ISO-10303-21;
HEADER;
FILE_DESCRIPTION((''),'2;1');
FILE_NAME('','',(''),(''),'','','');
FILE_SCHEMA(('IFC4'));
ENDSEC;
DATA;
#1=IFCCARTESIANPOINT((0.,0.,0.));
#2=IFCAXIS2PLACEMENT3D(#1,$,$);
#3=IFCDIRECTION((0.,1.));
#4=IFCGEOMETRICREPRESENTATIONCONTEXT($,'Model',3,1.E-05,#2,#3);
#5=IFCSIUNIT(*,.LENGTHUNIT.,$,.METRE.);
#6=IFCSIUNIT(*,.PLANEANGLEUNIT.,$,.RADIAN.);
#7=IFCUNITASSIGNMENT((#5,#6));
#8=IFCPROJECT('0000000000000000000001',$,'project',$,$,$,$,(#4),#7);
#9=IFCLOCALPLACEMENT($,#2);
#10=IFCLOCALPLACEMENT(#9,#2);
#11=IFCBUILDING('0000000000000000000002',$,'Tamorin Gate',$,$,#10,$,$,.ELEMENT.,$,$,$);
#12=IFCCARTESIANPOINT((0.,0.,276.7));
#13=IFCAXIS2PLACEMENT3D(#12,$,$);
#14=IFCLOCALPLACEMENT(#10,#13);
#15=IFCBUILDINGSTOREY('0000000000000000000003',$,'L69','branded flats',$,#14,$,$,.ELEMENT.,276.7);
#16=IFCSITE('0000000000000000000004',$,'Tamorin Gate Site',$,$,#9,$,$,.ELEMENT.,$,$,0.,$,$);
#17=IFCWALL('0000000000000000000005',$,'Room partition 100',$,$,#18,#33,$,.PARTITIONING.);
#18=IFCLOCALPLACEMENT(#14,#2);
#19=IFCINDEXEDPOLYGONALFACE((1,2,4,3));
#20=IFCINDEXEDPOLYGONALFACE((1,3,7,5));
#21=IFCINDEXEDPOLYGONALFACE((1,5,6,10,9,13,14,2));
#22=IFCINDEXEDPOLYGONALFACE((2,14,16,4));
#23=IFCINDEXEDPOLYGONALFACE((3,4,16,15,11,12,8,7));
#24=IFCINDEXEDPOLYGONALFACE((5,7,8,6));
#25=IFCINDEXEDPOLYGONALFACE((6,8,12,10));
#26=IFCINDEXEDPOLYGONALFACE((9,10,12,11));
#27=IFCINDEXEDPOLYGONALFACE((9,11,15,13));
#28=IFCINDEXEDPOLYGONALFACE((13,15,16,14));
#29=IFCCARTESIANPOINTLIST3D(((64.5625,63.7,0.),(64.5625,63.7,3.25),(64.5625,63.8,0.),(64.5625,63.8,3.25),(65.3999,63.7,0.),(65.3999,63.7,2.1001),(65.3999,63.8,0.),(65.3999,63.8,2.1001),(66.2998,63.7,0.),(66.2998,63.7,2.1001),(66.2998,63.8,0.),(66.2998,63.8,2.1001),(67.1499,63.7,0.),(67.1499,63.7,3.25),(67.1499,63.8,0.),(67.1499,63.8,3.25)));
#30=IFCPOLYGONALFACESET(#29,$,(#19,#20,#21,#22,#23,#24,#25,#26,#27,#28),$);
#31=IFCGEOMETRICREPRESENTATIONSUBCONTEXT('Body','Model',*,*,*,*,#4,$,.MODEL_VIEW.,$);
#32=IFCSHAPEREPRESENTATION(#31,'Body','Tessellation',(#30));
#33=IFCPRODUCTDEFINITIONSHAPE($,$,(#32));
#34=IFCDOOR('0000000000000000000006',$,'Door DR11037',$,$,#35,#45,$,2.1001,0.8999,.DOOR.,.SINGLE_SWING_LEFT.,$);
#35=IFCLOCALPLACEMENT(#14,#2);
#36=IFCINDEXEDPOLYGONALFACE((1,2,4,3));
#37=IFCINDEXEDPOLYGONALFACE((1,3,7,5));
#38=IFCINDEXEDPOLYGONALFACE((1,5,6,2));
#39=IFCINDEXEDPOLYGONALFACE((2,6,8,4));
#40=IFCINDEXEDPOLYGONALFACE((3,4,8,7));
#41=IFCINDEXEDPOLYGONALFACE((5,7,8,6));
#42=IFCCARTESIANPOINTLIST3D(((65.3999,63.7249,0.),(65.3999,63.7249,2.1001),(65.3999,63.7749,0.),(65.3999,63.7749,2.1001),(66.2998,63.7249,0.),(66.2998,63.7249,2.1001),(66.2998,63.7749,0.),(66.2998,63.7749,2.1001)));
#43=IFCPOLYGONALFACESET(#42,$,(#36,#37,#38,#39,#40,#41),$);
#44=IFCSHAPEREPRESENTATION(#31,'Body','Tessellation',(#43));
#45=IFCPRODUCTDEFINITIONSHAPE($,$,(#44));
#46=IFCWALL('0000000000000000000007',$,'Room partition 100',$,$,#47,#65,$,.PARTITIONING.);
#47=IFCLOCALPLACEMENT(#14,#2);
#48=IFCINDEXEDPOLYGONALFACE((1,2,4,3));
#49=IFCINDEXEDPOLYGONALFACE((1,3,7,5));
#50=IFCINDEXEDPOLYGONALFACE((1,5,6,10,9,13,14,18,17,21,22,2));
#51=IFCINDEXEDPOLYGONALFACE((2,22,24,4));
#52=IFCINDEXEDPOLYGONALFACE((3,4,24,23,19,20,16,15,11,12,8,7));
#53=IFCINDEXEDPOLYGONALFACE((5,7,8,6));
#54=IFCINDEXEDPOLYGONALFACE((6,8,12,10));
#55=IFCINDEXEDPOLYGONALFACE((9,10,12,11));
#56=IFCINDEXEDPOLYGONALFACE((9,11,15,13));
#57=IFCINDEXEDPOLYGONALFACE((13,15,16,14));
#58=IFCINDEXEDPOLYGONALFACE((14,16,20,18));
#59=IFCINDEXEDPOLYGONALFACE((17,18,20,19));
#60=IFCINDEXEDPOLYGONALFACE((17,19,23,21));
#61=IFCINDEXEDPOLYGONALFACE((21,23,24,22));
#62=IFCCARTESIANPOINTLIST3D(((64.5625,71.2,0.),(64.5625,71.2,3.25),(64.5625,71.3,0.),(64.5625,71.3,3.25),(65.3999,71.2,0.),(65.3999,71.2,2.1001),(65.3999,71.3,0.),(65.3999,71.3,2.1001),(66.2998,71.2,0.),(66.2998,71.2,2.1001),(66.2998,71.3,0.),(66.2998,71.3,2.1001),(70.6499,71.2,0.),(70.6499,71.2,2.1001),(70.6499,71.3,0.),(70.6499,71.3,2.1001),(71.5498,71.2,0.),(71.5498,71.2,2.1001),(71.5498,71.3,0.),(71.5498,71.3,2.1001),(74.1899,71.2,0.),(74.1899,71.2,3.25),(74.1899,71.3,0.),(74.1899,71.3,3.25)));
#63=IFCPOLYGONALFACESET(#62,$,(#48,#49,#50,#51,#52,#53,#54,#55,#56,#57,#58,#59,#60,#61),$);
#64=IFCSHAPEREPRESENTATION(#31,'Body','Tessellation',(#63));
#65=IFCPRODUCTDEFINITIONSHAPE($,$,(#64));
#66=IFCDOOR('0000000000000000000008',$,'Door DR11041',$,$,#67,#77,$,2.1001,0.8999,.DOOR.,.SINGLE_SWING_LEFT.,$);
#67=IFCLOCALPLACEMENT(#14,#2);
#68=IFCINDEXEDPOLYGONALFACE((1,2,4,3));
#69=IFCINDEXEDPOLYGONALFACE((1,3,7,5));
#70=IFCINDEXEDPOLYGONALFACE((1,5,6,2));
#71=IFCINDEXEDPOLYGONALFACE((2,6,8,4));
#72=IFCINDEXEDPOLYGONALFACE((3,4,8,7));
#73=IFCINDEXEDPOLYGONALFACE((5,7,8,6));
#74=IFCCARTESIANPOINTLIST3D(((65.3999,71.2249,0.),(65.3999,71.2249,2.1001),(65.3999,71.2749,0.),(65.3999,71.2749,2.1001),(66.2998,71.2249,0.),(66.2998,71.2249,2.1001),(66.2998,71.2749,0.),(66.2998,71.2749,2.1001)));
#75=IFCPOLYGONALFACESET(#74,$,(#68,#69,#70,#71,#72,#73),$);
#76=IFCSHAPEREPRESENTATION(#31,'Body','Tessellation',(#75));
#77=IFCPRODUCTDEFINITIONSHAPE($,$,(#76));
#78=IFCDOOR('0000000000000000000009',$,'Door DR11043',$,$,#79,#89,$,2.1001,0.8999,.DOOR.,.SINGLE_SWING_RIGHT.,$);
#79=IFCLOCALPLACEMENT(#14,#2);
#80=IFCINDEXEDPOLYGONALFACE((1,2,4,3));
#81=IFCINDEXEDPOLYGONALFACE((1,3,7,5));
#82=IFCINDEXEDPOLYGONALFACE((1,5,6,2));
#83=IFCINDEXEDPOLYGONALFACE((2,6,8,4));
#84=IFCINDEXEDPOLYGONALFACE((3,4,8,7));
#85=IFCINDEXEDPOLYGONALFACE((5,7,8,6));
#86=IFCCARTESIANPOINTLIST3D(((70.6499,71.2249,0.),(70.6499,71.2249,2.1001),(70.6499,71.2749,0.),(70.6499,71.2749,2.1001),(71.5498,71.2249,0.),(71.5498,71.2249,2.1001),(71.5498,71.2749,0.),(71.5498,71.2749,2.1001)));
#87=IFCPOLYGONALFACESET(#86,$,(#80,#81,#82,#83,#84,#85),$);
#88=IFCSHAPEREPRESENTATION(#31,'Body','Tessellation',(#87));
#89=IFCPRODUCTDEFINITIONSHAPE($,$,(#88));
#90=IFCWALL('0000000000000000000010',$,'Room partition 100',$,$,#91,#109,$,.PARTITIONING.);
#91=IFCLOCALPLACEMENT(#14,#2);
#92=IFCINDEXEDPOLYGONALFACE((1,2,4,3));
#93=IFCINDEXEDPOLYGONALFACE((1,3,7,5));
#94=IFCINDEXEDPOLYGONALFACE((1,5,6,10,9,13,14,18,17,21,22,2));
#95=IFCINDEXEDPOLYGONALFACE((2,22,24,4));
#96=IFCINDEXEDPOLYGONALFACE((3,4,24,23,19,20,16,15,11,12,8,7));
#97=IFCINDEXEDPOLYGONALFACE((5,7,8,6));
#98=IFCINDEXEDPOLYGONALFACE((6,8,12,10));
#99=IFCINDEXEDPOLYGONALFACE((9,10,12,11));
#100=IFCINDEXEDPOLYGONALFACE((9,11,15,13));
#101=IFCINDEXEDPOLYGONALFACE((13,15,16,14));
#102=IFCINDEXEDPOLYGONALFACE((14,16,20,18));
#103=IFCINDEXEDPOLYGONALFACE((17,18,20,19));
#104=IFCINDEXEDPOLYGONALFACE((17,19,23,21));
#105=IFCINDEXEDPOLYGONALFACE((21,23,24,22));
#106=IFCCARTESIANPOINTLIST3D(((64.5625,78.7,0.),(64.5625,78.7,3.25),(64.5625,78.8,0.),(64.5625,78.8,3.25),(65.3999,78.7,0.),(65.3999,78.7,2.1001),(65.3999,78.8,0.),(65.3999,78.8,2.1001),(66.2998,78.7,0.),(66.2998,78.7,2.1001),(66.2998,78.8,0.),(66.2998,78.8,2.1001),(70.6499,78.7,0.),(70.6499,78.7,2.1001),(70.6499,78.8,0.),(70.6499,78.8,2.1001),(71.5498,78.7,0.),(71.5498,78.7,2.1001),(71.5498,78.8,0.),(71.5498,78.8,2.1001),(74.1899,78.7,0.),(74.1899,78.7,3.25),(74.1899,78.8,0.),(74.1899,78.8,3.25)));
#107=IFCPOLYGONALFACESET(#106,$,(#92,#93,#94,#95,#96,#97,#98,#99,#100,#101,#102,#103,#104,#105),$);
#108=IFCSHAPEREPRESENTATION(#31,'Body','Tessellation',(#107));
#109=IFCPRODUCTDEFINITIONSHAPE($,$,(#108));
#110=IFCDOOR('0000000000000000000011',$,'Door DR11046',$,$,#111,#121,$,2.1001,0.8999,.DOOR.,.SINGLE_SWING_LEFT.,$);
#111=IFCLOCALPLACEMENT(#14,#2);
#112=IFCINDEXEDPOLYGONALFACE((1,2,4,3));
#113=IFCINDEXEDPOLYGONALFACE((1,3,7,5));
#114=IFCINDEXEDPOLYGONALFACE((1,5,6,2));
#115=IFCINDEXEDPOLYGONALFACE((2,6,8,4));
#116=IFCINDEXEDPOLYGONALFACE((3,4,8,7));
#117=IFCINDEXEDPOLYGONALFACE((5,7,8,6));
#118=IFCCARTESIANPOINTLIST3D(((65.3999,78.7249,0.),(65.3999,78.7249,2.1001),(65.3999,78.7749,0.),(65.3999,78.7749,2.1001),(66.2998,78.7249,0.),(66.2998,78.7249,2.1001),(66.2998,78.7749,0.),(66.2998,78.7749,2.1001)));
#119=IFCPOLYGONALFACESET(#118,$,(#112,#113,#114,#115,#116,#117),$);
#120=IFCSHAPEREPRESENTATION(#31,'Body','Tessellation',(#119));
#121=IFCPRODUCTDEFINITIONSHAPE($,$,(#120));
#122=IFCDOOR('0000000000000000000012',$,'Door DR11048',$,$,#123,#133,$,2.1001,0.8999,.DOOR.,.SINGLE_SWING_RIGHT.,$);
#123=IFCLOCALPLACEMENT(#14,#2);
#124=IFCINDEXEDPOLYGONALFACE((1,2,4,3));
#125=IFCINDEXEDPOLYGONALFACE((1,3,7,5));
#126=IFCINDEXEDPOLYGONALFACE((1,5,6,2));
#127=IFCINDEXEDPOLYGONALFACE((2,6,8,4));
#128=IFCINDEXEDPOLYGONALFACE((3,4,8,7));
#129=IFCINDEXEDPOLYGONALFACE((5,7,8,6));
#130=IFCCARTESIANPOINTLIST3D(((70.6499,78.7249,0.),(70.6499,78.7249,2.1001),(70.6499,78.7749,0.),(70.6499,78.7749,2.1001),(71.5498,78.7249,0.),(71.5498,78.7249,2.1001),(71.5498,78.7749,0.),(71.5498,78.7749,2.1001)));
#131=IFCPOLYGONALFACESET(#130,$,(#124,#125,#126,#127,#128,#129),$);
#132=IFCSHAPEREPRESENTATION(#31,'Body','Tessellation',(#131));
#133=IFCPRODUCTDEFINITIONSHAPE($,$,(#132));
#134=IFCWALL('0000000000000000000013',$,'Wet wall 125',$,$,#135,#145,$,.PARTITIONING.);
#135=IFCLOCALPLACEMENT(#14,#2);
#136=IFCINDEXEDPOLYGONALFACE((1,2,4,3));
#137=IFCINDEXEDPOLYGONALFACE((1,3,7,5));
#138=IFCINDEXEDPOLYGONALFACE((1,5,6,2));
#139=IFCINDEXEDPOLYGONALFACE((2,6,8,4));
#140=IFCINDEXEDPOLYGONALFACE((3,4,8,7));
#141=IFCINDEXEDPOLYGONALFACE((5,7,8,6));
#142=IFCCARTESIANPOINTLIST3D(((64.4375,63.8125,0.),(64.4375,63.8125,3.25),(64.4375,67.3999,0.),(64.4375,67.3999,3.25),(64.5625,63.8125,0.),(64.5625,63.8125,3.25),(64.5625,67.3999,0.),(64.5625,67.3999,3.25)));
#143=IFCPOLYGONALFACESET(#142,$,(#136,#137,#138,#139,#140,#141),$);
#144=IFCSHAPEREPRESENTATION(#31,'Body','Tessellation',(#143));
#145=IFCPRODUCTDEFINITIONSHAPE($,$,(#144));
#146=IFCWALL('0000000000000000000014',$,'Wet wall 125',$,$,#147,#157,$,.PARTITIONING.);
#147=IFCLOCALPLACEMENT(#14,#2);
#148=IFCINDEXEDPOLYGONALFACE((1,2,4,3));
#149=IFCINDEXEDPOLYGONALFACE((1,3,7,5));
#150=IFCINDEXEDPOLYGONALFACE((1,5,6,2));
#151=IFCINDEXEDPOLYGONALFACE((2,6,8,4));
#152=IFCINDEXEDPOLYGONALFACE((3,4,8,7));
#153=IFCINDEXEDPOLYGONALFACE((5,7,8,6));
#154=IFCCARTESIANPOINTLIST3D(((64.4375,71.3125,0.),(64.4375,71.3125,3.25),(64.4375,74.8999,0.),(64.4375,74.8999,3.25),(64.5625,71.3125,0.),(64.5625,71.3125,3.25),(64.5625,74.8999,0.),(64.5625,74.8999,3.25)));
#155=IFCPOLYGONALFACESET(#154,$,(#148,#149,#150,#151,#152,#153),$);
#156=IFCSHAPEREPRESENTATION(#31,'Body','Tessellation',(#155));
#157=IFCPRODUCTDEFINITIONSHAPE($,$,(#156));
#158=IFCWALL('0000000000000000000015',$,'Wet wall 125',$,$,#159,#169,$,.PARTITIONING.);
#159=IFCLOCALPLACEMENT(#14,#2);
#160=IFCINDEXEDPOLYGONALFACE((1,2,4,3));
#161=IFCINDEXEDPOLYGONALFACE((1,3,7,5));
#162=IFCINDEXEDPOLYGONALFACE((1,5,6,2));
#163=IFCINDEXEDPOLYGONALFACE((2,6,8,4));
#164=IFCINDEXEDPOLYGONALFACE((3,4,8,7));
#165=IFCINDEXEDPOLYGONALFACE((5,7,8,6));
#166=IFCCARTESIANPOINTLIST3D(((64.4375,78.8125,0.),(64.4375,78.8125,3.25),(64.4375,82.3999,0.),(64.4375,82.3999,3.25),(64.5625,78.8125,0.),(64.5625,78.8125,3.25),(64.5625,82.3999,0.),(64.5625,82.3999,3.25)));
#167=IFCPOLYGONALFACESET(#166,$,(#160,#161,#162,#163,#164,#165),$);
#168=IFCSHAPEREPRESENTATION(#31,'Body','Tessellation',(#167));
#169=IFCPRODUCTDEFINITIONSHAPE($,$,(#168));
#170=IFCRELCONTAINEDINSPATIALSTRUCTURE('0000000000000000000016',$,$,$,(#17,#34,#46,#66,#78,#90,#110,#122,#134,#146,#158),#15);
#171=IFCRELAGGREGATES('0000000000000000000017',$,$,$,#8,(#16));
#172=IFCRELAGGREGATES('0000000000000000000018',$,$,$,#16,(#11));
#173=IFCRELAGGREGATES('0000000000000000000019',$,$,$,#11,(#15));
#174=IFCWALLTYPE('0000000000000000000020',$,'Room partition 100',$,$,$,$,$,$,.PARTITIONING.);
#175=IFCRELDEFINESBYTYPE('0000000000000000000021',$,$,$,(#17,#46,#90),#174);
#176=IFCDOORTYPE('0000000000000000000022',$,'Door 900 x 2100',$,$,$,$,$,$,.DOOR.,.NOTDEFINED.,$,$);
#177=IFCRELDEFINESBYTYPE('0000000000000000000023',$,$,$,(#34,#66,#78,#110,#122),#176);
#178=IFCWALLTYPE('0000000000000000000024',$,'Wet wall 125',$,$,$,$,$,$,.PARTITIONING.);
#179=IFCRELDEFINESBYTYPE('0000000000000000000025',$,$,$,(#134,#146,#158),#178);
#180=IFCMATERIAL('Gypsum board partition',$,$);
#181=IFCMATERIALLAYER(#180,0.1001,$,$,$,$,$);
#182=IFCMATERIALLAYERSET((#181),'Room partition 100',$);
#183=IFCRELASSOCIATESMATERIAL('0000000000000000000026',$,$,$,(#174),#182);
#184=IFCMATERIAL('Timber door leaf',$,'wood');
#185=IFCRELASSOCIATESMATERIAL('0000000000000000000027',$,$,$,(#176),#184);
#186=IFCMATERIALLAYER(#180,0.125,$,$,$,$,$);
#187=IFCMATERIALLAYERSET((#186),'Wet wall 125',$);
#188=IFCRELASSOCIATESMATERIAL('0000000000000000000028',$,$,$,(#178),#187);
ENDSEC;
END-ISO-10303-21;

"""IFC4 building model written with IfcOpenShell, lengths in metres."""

from ifc_helpers import new_model, si_unit, direction, frame, frame_2d, origin, place, context, subcontext, project, spatial, rectangle, extrude, material, layer, layer_set, type_object, element, fill, save


model = new_model("IFC4")

# Units and contexts
model_context = context("Model", 3, precision=1e-05, world=origin(), true_north=direction((0.0, 1.0)))
body_context = subcontext(model_context, "Body", "Model", "MODEL_VIEW")
ifc_project = project(units=[si_unit("LENGTHUNIT", "METRE"), si_unit("PLANEANGLEUNIT", "RADIAN")], contexts=[model_context])

# Site, building, storey
site_placement = place(None, origin())
site = spatial("IfcSite", under=ifc_project, at=site_placement, Name="Tamorin Gate Site", CompositionType="ELEMENT", RefElevation=0.0)
building_placement = place(site_placement, origin())
building = spatial("IfcBuilding", under=site, at=building_placement, Name="Tamorin Gate", CompositionType="ELEMENT")
storey_placement = place(building_placement, frame((0.0, 0.0, 276.7)))
storey = spatial("IfcBuildingStorey", under=building, at=storey_placement, Name="L69", Description="branded flats", CompositionType="ELEMENT", Elevation=276.7)

# Wall, opening, door
ifc_material_1 = material(Name="Gypsum board partition")
ifc_layer_1 = layer(ifc_material_1, 0.1001)
ifc_layer_set_1 = layer_set([ifc_layer_1], Name="Room partition 100")
wall_type_1 = type_object("IfcWallType", Name="Room partition 100", PredefinedType="PARTITIONING", material=ifc_layer_set_1)
wall_1_placement = place(storey_placement, frame((64.5625, 63.75, 0.0), z_axis=(0.0, 0.0, 1.0), x_axis=(1.0, 0.0, 0.0)))
wall_1 = element("IfcWall", 1, at=wall_1_placement, inside=storey, type_object=wall_type_1, Name="Room partition 100", PredefinedType="PARTITIONING", context=body_context, shape_type="SweptSolid", body=[
    extrude(rectangle(XDim=2.5874, YDim=0.1001, at=frame_2d((1.2937, 0.0))), origin(), (0.0, 0.0, 1.0), 3.25),
])
opening_1_placement = place(wall_1_placement, frame((0.8374, 0.0, 0.0)))
opening_1 = element("IfcOpeningElement", 2, at=opening_1_placement, cuts=wall_1, PredefinedType="OPENING", context=body_context, shape_type="SweptSolid", body=[
    extrude(rectangle(XDim=0.8999, YDim=2.1001, at=frame_2d((0.45, 1.05))), frame((0.0, 0.0601, 0.0), z_axis=(0.0, -1.0, 0.0), x_axis=(1.0, 0.0, 0.0)), (0.0, 0.0, 1.0), 0.1201),
])
ifc_material_2 = material(Name="Timber door leaf", Category="wood")
door_type = type_object("IfcDoorType", Name="Door 900 x 2100", OperationType="NOTDEFINED", PredefinedType="DOOR", material=ifc_material_2)
door_1_placement = place(opening_1_placement, origin())
door_1 = element("IfcDoor", 3, at=door_1_placement, inside=storey, type_object=door_type, Name="Door DR11037", OperationType="SINGLE_SWING_LEFT", OverallHeight=2.1001, OverallWidth=0.8999, PredefinedType="DOOR", context=body_context, shape_type="SweptSolid", body=[
    extrude(rectangle(XDim=0.8999, YDim=2.1001, at=frame_2d((0.45, 1.05))), frame((0.0, 0.0249, 0.0), z_axis=(0.0, -1.0, 0.0), x_axis=(1.0, 0.0, 0.0)), (0.0, 0.0, 1.0), 0.05),
])
fill(opening_1, door_1)

# Walls, openings, doors
wall_2_placement = place(storey_placement, frame((64.5625, 71.25, 0.0), z_axis=(0.0, 0.0, 1.0), x_axis=(1.0, 0.0, 0.0)))
wall_2 = element("IfcWall", 4, at=wall_2_placement, inside=storey, type_object=wall_type_1, Name="Room partition 100", PredefinedType="PARTITIONING", context=body_context, shape_type="SweptSolid", body=[
    extrude(rectangle(XDim=9.6274, YDim=0.1001, at=frame_2d((4.8137, 0.0))), origin(), (0.0, 0.0, 1.0), 3.25),
])
opening_2_placement = place(wall_2_placement, frame((0.8374, 0.0, 0.0)))
opening_2 = element("IfcOpeningElement", 5, at=opening_2_placement, cuts=wall_2, PredefinedType="OPENING", context=body_context, shape_type="SweptSolid", body=[
    extrude(rectangle(XDim=0.8999, YDim=2.1001, at=frame_2d((0.45, 1.05))), frame((0.0, 0.0601, 0.0), z_axis=(0.0, -1.0, 0.0), x_axis=(1.0, 0.0, 0.0)), (0.0, 0.0, 1.0), 0.1201),
])
opening_3_placement = place(wall_2_placement, frame((6.0874, 0.0, 0.0)))
opening_3 = element("IfcOpeningElement", 6, at=opening_3_placement, cuts=wall_2, PredefinedType="OPENING", context=body_context, shape_type="SweptSolid", body=[
    extrude(rectangle(XDim=0.8999, YDim=2.1001, at=frame_2d((0.45, 1.05))), frame((0.0, 0.0601, 0.0), z_axis=(0.0, -1.0, 0.0), x_axis=(1.0, 0.0, 0.0)), (0.0, 0.0, 1.0), 0.1201),
])
door_2_placement = place(opening_2_placement, origin())
door_2 = element("IfcDoor", 7, at=door_2_placement, inside=storey, type_object=door_type, Name="Door DR11041", OperationType="SINGLE_SWING_LEFT", OverallHeight=2.1001, OverallWidth=0.8999, PredefinedType="DOOR", context=body_context, shape_type="SweptSolid", body=[
    extrude(rectangle(XDim=0.8999, YDim=2.1001, at=frame_2d((0.45, 1.05))), frame((0.0, 0.0249, 0.0), z_axis=(0.0, -1.0, 0.0), x_axis=(1.0, 0.0, 0.0)), (0.0, 0.0, 1.0), 0.05),
])
fill(opening_2, door_2)
door_3_placement = place(opening_3_placement, origin())
door_3 = element("IfcDoor", 8, at=door_3_placement, inside=storey, type_object=door_type, Name="Door DR11043", OperationType="SINGLE_SWING_RIGHT", OverallHeight=2.1001, OverallWidth=0.8999, PredefinedType="DOOR", context=body_context, shape_type="SweptSolid", body=[
    extrude(rectangle(XDim=0.8999, YDim=2.1001, at=frame_2d((0.45, 1.05))), frame((0.0, 0.0249, 0.0), z_axis=(0.0, -1.0, 0.0), x_axis=(1.0, 0.0, 0.0)), (0.0, 0.0, 1.0), 0.05),
])
fill(opening_3, door_3)
wall_3_placement = place(storey_placement, frame((64.5625, 78.75, 0.0), z_axis=(0.0, 0.0, 1.0), x_axis=(1.0, 0.0, 0.0)))
wall_3 = element("IfcWall", 9, at=wall_3_placement, inside=storey, type_object=wall_type_1, Name="Room partition 100", PredefinedType="PARTITIONING", context=body_context, shape_type="SweptSolid", body=[
    extrude(rectangle(XDim=9.6274, YDim=0.1001, at=frame_2d((4.8137, 0.0))), origin(), (0.0, 0.0, 1.0), 3.25),
])
opening_4_placement = place(wall_3_placement, frame((0.8374, 0.0, 0.0)))
opening_4 = element("IfcOpeningElement", 10, at=opening_4_placement, cuts=wall_3, PredefinedType="OPENING", context=body_context, shape_type="SweptSolid", body=[
    extrude(rectangle(XDim=0.8999, YDim=2.1001, at=frame_2d((0.45, 1.05))), frame((0.0, 0.0601, 0.0), z_axis=(0.0, -1.0, 0.0), x_axis=(1.0, 0.0, 0.0)), (0.0, 0.0, 1.0), 0.1201),
])
opening_5_placement = place(wall_3_placement, frame((6.0874, 0.0, 0.0)))
opening_5 = element("IfcOpeningElement", 11, at=opening_5_placement, cuts=wall_3, PredefinedType="OPENING", context=body_context, shape_type="SweptSolid", body=[
    extrude(rectangle(XDim=0.8999, YDim=2.1001, at=frame_2d((0.45, 1.05))), frame((0.0, 0.0601, 0.0), z_axis=(0.0, -1.0, 0.0), x_axis=(1.0, 0.0, 0.0)), (0.0, 0.0, 1.0), 0.1201),
])
door_4_placement = place(opening_4_placement, origin())
door_4 = element("IfcDoor", 12, at=door_4_placement, inside=storey, type_object=door_type, Name="Door DR11046", OperationType="SINGLE_SWING_LEFT", OverallHeight=2.1001, OverallWidth=0.8999, PredefinedType="DOOR", context=body_context, shape_type="SweptSolid", body=[
    extrude(rectangle(XDim=0.8999, YDim=2.1001, at=frame_2d((0.45, 1.05))), frame((0.0, 0.0249, 0.0), z_axis=(0.0, -1.0, 0.0), x_axis=(1.0, 0.0, 0.0)), (0.0, 0.0, 1.0), 0.05),
])
fill(opening_4, door_4)
door_5_placement = place(opening_5_placement, origin())
door_5 = element("IfcDoor", 13, at=door_5_placement, inside=storey, type_object=door_type, Name="Door DR11048", OperationType="SINGLE_SWING_RIGHT", OverallHeight=2.1001, OverallWidth=0.8999, PredefinedType="DOOR", context=body_context, shape_type="SweptSolid", body=[
    extrude(rectangle(XDim=0.8999, YDim=2.1001, at=frame_2d((0.45, 1.05))), frame((0.0, 0.0249, 0.0), z_axis=(0.0, -1.0, 0.0), x_axis=(1.0, 0.0, 0.0)), (0.0, 0.0, 1.0), 0.05),
])
fill(opening_5, door_5)

# Walls
ifc_layer_2 = layer(ifc_material_1, 0.125)
ifc_layer_set_2 = layer_set([ifc_layer_2], Name="Wet wall 125")
wall_type_2 = type_object("IfcWallType", Name="Wet wall 125", PredefinedType="PARTITIONING", material=ifc_layer_set_2)
for number, where, z_axis, x_axis, name in (
    (14, (64.5, 63.8125, 0.0), (0.0, 0.0, 1.0), (0.0, 1.0, 0.0), "Wet wall 125"),
    (15, (64.5, 71.3125, 0.0), (0.0, 0.0, 1.0), (0.0, 1.0, 0.0), "Wet wall 125"),
    (16, (64.5, 78.8125, 0.0), (0.0, 0.0, 1.0), (0.0, 1.0, 0.0), "Wet wall 125"),
):
    element("IfcWall", number, at=place(storey_placement, frame(where, z_axis=z_axis, x_axis=x_axis)), inside=storey, type_object=wall_type_2, Name=name, PredefinedType="PARTITIONING", context=body_context, shape_type="SweptSolid", body=[
        extrude(rectangle(XDim=3.5874, YDim=0.125, at=frame_2d((1.7937, 0.0))), origin(), (0.0, 0.0, 1.0), 3.25),
    ])

save(model, "model.ifc")
